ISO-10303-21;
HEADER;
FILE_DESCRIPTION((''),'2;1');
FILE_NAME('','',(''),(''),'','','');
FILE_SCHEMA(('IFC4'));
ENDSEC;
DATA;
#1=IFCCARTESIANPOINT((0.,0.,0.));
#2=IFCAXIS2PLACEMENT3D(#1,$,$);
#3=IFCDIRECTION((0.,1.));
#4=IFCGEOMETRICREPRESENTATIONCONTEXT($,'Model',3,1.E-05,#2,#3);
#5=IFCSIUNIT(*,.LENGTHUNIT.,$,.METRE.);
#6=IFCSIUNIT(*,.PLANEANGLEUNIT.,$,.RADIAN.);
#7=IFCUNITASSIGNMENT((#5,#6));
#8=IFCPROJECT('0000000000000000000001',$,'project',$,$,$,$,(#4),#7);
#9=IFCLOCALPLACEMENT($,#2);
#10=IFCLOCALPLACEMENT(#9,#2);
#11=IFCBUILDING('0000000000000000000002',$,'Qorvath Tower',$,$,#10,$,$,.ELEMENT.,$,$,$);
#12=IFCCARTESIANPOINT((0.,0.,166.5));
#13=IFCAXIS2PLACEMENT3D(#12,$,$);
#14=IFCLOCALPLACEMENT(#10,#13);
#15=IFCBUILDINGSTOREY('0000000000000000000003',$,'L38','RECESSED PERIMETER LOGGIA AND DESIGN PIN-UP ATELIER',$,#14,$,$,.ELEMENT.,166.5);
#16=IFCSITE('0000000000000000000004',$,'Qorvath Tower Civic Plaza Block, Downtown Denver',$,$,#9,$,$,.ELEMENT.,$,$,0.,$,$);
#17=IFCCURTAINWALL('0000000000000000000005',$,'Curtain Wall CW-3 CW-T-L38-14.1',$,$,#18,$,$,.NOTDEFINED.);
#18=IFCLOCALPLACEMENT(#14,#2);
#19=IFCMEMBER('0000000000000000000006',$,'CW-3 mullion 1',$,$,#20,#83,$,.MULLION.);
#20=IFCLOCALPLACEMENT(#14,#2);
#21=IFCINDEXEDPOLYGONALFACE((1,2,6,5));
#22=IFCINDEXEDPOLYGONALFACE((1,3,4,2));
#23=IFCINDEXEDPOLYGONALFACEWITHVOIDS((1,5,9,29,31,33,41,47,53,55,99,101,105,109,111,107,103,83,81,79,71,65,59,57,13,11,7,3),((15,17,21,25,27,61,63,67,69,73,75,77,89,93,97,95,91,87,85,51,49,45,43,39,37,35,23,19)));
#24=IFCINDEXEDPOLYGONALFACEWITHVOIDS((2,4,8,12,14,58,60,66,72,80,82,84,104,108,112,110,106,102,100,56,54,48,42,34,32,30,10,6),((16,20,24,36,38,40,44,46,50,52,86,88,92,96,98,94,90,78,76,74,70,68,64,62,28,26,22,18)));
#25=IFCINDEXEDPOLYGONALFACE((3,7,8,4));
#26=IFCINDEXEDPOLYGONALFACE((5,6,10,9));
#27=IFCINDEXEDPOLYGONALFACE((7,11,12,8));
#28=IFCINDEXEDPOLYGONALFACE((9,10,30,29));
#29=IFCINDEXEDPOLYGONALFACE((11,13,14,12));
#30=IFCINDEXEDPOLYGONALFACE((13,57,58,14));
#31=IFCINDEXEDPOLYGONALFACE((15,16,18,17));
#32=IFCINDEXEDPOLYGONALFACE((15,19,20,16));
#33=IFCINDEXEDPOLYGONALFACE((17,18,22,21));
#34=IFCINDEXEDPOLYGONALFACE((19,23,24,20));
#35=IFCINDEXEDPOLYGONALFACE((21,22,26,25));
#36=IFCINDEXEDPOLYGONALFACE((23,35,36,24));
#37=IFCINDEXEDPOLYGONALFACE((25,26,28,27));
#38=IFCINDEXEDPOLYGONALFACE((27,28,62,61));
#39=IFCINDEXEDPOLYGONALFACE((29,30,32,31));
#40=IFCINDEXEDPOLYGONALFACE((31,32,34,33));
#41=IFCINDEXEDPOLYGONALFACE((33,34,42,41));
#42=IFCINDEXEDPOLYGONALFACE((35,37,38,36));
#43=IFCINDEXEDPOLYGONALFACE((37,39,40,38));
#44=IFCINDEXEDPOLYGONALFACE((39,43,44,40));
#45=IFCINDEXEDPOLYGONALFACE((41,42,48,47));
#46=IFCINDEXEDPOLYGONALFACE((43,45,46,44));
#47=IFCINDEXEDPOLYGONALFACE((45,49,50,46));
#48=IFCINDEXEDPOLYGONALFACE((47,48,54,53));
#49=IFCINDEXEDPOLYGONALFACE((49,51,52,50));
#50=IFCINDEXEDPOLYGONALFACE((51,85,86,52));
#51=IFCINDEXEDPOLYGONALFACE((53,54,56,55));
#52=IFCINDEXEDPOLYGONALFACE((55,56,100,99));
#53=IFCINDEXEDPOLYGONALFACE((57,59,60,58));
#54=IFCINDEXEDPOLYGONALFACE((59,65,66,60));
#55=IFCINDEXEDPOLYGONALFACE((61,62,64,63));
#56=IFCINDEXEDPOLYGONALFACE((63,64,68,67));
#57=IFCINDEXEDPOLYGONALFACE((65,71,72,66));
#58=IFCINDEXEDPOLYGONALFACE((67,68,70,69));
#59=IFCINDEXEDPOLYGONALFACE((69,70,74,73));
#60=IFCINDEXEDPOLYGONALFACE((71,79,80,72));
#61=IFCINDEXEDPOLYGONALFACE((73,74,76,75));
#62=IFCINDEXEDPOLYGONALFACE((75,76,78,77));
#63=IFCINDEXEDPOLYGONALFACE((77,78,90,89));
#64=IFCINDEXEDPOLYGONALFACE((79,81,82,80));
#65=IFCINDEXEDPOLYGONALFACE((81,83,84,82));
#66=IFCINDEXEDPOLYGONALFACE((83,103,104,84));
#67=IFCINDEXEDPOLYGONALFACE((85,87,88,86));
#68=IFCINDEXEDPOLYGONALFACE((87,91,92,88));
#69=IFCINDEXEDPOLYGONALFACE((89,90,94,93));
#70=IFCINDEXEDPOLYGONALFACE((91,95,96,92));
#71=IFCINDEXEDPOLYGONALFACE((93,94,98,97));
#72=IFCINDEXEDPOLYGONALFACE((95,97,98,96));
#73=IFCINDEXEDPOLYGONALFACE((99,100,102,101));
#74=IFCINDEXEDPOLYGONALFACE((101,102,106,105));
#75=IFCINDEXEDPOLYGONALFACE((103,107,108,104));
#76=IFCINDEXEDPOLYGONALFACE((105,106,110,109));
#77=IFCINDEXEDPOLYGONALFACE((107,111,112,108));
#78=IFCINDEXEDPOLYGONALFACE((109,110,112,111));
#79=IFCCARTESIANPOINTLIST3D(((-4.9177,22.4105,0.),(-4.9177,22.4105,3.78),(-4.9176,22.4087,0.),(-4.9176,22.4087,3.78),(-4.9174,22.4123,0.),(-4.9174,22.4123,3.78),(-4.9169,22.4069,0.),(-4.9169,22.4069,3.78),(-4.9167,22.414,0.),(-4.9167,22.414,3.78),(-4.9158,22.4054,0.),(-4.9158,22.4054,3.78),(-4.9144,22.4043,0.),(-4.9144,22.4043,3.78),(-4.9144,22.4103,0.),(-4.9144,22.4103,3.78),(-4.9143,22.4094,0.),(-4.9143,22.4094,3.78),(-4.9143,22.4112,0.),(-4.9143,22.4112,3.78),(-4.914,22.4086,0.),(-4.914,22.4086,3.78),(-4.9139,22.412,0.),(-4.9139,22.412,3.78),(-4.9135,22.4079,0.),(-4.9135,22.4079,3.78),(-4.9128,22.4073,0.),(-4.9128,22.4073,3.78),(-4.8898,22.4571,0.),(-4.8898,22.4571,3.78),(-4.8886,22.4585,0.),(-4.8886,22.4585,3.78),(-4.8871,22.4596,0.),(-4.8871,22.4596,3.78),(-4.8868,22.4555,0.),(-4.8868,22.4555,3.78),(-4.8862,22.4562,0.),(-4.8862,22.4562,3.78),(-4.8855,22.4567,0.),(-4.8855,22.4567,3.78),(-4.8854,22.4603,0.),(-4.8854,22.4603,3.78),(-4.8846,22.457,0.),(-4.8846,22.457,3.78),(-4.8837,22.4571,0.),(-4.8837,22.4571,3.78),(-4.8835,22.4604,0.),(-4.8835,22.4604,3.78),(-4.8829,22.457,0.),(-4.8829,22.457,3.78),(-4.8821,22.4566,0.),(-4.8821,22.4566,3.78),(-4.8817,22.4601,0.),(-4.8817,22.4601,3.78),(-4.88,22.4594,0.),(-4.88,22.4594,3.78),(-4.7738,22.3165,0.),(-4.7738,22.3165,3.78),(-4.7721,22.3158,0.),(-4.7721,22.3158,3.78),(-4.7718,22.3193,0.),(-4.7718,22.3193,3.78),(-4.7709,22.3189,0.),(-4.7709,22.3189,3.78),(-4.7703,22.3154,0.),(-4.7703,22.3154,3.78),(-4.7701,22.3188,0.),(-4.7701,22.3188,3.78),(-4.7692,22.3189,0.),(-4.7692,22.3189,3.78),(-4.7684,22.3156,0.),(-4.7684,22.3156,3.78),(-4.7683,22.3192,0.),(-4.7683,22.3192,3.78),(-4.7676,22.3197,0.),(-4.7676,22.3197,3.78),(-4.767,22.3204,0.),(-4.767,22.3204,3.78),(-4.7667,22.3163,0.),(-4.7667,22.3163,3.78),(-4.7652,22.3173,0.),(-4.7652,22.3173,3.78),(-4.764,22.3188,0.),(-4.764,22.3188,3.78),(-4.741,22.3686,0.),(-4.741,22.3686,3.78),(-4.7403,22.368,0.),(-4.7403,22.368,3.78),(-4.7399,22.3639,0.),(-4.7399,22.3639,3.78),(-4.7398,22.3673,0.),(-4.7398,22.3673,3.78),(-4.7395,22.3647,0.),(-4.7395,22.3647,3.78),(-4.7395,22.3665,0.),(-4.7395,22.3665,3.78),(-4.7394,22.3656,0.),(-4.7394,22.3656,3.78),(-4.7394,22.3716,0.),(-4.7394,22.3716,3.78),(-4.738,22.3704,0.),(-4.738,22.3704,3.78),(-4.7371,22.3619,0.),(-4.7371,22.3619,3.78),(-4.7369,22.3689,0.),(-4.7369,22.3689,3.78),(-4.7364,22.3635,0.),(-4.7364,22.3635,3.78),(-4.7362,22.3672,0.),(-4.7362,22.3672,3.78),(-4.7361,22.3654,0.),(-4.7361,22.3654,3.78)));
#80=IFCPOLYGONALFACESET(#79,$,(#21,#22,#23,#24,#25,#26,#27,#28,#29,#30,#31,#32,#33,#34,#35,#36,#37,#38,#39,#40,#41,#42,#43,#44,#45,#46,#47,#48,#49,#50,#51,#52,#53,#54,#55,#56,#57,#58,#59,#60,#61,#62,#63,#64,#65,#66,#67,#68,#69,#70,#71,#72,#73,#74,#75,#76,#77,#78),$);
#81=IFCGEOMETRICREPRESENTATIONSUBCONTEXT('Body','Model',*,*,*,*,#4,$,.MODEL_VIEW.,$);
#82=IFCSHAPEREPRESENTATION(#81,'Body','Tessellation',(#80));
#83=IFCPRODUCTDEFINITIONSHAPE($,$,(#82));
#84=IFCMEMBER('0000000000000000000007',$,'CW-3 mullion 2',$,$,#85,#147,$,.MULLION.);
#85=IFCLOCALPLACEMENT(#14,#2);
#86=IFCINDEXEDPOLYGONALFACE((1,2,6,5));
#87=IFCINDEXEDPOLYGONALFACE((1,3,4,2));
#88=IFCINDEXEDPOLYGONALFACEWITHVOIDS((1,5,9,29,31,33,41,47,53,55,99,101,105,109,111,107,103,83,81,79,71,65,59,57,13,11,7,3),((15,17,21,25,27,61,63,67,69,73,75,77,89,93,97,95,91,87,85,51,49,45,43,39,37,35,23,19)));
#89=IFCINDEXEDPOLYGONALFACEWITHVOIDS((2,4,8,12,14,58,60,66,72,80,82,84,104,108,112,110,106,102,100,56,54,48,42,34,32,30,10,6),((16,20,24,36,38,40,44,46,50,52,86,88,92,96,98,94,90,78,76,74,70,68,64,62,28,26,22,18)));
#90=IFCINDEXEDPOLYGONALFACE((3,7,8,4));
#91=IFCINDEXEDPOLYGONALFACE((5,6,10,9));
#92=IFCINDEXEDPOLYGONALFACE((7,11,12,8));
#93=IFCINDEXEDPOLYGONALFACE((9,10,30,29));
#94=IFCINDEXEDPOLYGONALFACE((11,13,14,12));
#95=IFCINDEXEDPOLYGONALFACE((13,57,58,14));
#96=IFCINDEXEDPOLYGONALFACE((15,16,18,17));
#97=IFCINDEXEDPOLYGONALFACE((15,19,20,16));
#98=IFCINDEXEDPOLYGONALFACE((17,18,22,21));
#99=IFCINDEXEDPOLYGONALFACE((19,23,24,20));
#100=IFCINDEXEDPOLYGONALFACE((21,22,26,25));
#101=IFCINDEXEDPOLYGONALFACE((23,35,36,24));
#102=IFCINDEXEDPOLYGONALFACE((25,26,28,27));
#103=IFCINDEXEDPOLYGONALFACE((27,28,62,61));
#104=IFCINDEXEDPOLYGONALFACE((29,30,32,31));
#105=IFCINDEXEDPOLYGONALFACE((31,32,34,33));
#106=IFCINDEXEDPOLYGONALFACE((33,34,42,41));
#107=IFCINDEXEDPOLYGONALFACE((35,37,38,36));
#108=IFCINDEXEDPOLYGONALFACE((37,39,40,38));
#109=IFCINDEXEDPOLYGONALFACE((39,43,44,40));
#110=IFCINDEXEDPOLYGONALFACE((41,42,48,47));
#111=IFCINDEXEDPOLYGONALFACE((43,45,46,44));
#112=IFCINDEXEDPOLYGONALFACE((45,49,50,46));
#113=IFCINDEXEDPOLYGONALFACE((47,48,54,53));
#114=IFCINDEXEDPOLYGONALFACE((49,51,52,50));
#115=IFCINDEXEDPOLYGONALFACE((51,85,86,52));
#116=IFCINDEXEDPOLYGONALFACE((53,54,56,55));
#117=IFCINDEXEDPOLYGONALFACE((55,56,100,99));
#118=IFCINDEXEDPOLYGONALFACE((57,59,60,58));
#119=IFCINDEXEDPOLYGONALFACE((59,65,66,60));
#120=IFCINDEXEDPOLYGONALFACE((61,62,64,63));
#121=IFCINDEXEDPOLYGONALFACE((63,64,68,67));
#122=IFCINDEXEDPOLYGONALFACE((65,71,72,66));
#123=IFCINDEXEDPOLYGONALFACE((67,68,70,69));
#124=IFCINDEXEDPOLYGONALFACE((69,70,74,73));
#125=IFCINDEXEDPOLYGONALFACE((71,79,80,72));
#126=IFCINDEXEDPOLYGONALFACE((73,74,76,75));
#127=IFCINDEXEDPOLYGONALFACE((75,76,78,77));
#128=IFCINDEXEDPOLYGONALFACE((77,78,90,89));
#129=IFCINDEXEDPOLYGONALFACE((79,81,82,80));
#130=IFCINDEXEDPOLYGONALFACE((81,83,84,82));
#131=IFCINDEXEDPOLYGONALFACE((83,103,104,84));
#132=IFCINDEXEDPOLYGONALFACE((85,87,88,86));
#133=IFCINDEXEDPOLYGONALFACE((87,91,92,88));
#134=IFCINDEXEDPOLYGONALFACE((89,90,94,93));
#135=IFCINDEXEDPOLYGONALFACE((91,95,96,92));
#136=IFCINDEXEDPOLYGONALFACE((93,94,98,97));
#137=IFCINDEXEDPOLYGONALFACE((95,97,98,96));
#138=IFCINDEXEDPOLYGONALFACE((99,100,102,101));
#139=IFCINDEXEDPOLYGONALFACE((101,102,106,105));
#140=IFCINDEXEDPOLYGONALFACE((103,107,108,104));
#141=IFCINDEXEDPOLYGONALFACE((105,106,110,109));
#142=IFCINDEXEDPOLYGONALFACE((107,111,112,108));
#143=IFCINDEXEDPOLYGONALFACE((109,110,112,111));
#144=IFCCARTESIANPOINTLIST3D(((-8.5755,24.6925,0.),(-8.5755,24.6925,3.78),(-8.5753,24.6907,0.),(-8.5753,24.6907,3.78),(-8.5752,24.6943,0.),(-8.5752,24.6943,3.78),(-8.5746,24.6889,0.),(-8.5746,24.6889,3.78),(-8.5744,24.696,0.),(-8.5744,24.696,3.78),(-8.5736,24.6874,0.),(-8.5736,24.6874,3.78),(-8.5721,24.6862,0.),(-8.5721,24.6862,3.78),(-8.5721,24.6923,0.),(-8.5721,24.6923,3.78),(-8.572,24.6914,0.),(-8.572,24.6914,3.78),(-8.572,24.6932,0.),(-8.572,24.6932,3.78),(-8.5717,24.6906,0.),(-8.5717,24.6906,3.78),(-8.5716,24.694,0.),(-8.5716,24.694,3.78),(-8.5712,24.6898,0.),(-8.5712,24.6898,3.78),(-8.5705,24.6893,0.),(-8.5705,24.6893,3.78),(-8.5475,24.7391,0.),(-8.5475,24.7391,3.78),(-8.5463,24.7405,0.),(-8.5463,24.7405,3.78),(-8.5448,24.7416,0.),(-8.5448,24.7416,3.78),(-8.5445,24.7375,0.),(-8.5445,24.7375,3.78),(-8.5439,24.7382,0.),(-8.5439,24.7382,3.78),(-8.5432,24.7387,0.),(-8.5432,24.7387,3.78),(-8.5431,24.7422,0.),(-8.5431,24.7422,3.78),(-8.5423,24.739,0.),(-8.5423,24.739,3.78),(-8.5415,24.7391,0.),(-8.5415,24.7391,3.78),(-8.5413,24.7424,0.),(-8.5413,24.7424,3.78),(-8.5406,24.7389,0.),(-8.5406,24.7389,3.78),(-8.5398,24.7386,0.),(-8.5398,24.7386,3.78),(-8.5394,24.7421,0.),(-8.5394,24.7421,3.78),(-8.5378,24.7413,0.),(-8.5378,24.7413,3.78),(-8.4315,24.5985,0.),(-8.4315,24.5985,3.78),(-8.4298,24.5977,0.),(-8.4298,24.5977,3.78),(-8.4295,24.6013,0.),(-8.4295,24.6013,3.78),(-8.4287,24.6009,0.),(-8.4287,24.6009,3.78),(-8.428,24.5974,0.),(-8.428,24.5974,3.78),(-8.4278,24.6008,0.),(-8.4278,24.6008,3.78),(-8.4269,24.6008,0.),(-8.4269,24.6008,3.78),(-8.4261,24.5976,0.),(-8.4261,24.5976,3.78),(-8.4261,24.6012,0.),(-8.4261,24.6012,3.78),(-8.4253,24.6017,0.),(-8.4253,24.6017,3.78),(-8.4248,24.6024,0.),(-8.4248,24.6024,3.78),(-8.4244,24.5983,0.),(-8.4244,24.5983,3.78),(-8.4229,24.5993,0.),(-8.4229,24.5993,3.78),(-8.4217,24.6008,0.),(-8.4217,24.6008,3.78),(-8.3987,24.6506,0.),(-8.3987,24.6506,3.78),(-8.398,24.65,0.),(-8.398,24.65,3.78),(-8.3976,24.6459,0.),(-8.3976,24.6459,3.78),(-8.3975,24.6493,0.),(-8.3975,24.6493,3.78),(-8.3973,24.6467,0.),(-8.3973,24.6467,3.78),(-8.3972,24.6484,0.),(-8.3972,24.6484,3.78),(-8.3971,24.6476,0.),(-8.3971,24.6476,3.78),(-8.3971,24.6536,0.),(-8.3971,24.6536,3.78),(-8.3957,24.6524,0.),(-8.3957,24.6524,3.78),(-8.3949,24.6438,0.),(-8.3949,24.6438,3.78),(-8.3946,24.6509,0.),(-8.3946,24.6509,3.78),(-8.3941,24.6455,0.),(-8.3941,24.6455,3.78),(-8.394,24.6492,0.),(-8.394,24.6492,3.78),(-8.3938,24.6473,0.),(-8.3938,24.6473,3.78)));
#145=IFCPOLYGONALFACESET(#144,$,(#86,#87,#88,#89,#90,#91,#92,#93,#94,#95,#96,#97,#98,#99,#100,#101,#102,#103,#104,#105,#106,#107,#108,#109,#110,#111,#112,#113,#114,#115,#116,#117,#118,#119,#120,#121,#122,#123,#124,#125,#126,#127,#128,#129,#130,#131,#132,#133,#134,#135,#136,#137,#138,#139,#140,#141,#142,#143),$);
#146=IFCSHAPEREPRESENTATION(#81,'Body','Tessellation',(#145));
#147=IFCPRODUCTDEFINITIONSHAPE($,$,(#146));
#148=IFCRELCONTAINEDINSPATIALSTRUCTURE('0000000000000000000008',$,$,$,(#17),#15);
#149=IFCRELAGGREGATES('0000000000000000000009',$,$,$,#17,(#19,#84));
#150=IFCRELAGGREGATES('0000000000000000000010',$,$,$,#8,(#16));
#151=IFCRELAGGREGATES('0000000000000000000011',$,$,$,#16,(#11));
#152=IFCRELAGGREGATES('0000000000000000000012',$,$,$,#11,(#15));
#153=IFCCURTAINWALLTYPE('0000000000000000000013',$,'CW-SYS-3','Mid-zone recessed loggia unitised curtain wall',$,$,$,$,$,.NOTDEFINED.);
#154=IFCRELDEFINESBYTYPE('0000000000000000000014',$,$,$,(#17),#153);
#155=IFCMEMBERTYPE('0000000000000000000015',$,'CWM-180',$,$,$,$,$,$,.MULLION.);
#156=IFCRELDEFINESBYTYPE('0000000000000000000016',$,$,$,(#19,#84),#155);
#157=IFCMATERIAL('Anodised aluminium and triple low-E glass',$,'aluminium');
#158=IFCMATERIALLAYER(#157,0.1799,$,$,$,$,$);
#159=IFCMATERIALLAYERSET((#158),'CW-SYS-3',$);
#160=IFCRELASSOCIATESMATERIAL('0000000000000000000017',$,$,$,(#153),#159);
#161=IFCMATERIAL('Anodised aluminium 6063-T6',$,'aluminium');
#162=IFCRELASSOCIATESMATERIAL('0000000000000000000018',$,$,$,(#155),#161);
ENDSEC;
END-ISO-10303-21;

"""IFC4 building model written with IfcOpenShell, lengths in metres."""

from ifc_helpers import new_model, si_unit, direction, frame, origin, origin_2d, place, context, subcontext, project, spatial, hollow_rectangle, extrude, material, layer, layer_set, material_profile, profile_set, type_object, element, aggregate, save


model = new_model("IFC4")

# Units and contexts
model_context = context("Model", 3, precision=1e-05, world=origin(), true_north=direction((0.0, 1.0)))
body_context = subcontext(model_context, "Body", "Model", "MODEL_VIEW")
ifc_project = project(units=[si_unit("LENGTHUNIT", "METRE"), si_unit("PLANEANGLEUNIT", "RADIAN")], contexts=[model_context])

# Site, building, storey
site_placement = place(None, origin())
site = spatial("IfcSite", under=ifc_project, at=site_placement, Name="Qorvath Tower Civic Plaza Block, Downtown Denver", CompositionType="ELEMENT", RefElevation=0.0)
building_placement = place(site_placement, origin())
building = spatial("IfcBuilding", under=site, at=building_placement, Name="Qorvath Tower", CompositionType="ELEMENT")
storey_placement = place(building_placement, frame((0.0, 0.0, 166.5)))
storey = spatial("IfcBuildingStorey", under=building, at=storey_placement, Name="L38", Description="RECESSED PERIMETER LOGGIA AND DESIGN PIN-UP ATELIER", CompositionType="ELEMENT", Elevation=166.5)

# Shared definitions
ifc_material_1 = material(Name="Anodised aluminium and triple low-E glass", Category="aluminium")
ifc_layer_1 = layer(ifc_material_1, 0.1799)
ifc_layer_set_1 = layer_set([ifc_layer_1], Name="CW-SYS-3")
curtain_wall_type = type_object("IfcCurtainWallType", Name="CW-SYS-3", Description="Mid-zone recessed loggia unitised curtain wall", PredefinedType="NOTDEFINED", material=ifc_layer_set_1)
ifc_material_2 = material(Name="Anodised aluminium 6063-T6", Category="aluminium")
ifc_material_profile_1 = material_profile(ifc_material_2, hollow_rectangle(XDim=0.0649, YDim=0.1799, WallThickness=0.0034, InnerFilletRadius=0.0034, OuterFilletRadius=0.0071, at=origin_2d()), Name="CWM 180x65")
ifc_profile_set_1 = profile_set([ifc_material_profile_1], Name="Anodised aluminium 6063-T6")
member_type_1 = type_object("IfcMemberType", Name="CWM-180", PredefinedType="MULLION", material=ifc_profile_set_1)

# Curtain wall, members
curtain_wall_1_placement = place(storey_placement, origin())
curtain_wall_1 = element("IfcCurtainWall", 1, at=curtain_wall_1_placement, inside=storey, type_object=curtain_wall_type, Name="Curtain Wall CW-3 CW-T-L38-14.1", PredefinedType="NOTDEFINED")
member_1_placement = place(storey_placement, frame((-4.8269, 22.3879, 0.0), z_axis=(0.0, 0.0, 1.0), x_axis=(-0.529328, -0.848417, 0.0)))
member_1 = element("IfcMember", 2, at=member_1_placement, type_object=member_type_1, Name="CW-3 mullion 1", PredefinedType="MULLION", context=body_context, shape_type="SweptSolid", body=[
    extrude(hollow_rectangle(XDim=0.0649, YDim=0.1799, WallThickness=0.0034, InnerFilletRadius=0.0034, OuterFilletRadius=0.0071, at=origin_2d()), origin(), (0.0, 0.0, 1.0), 3.78),
])
member_2_placement = place(storey_placement, frame((-8.4846, 24.6699, 0.0), z_axis=(0.0, 0.0, 1.0), x_axis=(-0.529328, -0.848417, 0.0)))
member_2 = element("IfcMember", 3, at=member_2_placement, type_object=member_type_1, Name="CW-3 mullion 2", PredefinedType="MULLION", context=body_context, shape_type="SweptSolid", body=[
    extrude(hollow_rectangle(XDim=0.0649, YDim=0.1799, WallThickness=0.0034, InnerFilletRadius=0.0034, OuterFilletRadius=0.0071, at=origin_2d()), origin(), (0.0, 0.0, 1.0), 3.78),
])

aggregate(curtain_wall_1, [member_1, member_2])

save(model, "model.ifc")
